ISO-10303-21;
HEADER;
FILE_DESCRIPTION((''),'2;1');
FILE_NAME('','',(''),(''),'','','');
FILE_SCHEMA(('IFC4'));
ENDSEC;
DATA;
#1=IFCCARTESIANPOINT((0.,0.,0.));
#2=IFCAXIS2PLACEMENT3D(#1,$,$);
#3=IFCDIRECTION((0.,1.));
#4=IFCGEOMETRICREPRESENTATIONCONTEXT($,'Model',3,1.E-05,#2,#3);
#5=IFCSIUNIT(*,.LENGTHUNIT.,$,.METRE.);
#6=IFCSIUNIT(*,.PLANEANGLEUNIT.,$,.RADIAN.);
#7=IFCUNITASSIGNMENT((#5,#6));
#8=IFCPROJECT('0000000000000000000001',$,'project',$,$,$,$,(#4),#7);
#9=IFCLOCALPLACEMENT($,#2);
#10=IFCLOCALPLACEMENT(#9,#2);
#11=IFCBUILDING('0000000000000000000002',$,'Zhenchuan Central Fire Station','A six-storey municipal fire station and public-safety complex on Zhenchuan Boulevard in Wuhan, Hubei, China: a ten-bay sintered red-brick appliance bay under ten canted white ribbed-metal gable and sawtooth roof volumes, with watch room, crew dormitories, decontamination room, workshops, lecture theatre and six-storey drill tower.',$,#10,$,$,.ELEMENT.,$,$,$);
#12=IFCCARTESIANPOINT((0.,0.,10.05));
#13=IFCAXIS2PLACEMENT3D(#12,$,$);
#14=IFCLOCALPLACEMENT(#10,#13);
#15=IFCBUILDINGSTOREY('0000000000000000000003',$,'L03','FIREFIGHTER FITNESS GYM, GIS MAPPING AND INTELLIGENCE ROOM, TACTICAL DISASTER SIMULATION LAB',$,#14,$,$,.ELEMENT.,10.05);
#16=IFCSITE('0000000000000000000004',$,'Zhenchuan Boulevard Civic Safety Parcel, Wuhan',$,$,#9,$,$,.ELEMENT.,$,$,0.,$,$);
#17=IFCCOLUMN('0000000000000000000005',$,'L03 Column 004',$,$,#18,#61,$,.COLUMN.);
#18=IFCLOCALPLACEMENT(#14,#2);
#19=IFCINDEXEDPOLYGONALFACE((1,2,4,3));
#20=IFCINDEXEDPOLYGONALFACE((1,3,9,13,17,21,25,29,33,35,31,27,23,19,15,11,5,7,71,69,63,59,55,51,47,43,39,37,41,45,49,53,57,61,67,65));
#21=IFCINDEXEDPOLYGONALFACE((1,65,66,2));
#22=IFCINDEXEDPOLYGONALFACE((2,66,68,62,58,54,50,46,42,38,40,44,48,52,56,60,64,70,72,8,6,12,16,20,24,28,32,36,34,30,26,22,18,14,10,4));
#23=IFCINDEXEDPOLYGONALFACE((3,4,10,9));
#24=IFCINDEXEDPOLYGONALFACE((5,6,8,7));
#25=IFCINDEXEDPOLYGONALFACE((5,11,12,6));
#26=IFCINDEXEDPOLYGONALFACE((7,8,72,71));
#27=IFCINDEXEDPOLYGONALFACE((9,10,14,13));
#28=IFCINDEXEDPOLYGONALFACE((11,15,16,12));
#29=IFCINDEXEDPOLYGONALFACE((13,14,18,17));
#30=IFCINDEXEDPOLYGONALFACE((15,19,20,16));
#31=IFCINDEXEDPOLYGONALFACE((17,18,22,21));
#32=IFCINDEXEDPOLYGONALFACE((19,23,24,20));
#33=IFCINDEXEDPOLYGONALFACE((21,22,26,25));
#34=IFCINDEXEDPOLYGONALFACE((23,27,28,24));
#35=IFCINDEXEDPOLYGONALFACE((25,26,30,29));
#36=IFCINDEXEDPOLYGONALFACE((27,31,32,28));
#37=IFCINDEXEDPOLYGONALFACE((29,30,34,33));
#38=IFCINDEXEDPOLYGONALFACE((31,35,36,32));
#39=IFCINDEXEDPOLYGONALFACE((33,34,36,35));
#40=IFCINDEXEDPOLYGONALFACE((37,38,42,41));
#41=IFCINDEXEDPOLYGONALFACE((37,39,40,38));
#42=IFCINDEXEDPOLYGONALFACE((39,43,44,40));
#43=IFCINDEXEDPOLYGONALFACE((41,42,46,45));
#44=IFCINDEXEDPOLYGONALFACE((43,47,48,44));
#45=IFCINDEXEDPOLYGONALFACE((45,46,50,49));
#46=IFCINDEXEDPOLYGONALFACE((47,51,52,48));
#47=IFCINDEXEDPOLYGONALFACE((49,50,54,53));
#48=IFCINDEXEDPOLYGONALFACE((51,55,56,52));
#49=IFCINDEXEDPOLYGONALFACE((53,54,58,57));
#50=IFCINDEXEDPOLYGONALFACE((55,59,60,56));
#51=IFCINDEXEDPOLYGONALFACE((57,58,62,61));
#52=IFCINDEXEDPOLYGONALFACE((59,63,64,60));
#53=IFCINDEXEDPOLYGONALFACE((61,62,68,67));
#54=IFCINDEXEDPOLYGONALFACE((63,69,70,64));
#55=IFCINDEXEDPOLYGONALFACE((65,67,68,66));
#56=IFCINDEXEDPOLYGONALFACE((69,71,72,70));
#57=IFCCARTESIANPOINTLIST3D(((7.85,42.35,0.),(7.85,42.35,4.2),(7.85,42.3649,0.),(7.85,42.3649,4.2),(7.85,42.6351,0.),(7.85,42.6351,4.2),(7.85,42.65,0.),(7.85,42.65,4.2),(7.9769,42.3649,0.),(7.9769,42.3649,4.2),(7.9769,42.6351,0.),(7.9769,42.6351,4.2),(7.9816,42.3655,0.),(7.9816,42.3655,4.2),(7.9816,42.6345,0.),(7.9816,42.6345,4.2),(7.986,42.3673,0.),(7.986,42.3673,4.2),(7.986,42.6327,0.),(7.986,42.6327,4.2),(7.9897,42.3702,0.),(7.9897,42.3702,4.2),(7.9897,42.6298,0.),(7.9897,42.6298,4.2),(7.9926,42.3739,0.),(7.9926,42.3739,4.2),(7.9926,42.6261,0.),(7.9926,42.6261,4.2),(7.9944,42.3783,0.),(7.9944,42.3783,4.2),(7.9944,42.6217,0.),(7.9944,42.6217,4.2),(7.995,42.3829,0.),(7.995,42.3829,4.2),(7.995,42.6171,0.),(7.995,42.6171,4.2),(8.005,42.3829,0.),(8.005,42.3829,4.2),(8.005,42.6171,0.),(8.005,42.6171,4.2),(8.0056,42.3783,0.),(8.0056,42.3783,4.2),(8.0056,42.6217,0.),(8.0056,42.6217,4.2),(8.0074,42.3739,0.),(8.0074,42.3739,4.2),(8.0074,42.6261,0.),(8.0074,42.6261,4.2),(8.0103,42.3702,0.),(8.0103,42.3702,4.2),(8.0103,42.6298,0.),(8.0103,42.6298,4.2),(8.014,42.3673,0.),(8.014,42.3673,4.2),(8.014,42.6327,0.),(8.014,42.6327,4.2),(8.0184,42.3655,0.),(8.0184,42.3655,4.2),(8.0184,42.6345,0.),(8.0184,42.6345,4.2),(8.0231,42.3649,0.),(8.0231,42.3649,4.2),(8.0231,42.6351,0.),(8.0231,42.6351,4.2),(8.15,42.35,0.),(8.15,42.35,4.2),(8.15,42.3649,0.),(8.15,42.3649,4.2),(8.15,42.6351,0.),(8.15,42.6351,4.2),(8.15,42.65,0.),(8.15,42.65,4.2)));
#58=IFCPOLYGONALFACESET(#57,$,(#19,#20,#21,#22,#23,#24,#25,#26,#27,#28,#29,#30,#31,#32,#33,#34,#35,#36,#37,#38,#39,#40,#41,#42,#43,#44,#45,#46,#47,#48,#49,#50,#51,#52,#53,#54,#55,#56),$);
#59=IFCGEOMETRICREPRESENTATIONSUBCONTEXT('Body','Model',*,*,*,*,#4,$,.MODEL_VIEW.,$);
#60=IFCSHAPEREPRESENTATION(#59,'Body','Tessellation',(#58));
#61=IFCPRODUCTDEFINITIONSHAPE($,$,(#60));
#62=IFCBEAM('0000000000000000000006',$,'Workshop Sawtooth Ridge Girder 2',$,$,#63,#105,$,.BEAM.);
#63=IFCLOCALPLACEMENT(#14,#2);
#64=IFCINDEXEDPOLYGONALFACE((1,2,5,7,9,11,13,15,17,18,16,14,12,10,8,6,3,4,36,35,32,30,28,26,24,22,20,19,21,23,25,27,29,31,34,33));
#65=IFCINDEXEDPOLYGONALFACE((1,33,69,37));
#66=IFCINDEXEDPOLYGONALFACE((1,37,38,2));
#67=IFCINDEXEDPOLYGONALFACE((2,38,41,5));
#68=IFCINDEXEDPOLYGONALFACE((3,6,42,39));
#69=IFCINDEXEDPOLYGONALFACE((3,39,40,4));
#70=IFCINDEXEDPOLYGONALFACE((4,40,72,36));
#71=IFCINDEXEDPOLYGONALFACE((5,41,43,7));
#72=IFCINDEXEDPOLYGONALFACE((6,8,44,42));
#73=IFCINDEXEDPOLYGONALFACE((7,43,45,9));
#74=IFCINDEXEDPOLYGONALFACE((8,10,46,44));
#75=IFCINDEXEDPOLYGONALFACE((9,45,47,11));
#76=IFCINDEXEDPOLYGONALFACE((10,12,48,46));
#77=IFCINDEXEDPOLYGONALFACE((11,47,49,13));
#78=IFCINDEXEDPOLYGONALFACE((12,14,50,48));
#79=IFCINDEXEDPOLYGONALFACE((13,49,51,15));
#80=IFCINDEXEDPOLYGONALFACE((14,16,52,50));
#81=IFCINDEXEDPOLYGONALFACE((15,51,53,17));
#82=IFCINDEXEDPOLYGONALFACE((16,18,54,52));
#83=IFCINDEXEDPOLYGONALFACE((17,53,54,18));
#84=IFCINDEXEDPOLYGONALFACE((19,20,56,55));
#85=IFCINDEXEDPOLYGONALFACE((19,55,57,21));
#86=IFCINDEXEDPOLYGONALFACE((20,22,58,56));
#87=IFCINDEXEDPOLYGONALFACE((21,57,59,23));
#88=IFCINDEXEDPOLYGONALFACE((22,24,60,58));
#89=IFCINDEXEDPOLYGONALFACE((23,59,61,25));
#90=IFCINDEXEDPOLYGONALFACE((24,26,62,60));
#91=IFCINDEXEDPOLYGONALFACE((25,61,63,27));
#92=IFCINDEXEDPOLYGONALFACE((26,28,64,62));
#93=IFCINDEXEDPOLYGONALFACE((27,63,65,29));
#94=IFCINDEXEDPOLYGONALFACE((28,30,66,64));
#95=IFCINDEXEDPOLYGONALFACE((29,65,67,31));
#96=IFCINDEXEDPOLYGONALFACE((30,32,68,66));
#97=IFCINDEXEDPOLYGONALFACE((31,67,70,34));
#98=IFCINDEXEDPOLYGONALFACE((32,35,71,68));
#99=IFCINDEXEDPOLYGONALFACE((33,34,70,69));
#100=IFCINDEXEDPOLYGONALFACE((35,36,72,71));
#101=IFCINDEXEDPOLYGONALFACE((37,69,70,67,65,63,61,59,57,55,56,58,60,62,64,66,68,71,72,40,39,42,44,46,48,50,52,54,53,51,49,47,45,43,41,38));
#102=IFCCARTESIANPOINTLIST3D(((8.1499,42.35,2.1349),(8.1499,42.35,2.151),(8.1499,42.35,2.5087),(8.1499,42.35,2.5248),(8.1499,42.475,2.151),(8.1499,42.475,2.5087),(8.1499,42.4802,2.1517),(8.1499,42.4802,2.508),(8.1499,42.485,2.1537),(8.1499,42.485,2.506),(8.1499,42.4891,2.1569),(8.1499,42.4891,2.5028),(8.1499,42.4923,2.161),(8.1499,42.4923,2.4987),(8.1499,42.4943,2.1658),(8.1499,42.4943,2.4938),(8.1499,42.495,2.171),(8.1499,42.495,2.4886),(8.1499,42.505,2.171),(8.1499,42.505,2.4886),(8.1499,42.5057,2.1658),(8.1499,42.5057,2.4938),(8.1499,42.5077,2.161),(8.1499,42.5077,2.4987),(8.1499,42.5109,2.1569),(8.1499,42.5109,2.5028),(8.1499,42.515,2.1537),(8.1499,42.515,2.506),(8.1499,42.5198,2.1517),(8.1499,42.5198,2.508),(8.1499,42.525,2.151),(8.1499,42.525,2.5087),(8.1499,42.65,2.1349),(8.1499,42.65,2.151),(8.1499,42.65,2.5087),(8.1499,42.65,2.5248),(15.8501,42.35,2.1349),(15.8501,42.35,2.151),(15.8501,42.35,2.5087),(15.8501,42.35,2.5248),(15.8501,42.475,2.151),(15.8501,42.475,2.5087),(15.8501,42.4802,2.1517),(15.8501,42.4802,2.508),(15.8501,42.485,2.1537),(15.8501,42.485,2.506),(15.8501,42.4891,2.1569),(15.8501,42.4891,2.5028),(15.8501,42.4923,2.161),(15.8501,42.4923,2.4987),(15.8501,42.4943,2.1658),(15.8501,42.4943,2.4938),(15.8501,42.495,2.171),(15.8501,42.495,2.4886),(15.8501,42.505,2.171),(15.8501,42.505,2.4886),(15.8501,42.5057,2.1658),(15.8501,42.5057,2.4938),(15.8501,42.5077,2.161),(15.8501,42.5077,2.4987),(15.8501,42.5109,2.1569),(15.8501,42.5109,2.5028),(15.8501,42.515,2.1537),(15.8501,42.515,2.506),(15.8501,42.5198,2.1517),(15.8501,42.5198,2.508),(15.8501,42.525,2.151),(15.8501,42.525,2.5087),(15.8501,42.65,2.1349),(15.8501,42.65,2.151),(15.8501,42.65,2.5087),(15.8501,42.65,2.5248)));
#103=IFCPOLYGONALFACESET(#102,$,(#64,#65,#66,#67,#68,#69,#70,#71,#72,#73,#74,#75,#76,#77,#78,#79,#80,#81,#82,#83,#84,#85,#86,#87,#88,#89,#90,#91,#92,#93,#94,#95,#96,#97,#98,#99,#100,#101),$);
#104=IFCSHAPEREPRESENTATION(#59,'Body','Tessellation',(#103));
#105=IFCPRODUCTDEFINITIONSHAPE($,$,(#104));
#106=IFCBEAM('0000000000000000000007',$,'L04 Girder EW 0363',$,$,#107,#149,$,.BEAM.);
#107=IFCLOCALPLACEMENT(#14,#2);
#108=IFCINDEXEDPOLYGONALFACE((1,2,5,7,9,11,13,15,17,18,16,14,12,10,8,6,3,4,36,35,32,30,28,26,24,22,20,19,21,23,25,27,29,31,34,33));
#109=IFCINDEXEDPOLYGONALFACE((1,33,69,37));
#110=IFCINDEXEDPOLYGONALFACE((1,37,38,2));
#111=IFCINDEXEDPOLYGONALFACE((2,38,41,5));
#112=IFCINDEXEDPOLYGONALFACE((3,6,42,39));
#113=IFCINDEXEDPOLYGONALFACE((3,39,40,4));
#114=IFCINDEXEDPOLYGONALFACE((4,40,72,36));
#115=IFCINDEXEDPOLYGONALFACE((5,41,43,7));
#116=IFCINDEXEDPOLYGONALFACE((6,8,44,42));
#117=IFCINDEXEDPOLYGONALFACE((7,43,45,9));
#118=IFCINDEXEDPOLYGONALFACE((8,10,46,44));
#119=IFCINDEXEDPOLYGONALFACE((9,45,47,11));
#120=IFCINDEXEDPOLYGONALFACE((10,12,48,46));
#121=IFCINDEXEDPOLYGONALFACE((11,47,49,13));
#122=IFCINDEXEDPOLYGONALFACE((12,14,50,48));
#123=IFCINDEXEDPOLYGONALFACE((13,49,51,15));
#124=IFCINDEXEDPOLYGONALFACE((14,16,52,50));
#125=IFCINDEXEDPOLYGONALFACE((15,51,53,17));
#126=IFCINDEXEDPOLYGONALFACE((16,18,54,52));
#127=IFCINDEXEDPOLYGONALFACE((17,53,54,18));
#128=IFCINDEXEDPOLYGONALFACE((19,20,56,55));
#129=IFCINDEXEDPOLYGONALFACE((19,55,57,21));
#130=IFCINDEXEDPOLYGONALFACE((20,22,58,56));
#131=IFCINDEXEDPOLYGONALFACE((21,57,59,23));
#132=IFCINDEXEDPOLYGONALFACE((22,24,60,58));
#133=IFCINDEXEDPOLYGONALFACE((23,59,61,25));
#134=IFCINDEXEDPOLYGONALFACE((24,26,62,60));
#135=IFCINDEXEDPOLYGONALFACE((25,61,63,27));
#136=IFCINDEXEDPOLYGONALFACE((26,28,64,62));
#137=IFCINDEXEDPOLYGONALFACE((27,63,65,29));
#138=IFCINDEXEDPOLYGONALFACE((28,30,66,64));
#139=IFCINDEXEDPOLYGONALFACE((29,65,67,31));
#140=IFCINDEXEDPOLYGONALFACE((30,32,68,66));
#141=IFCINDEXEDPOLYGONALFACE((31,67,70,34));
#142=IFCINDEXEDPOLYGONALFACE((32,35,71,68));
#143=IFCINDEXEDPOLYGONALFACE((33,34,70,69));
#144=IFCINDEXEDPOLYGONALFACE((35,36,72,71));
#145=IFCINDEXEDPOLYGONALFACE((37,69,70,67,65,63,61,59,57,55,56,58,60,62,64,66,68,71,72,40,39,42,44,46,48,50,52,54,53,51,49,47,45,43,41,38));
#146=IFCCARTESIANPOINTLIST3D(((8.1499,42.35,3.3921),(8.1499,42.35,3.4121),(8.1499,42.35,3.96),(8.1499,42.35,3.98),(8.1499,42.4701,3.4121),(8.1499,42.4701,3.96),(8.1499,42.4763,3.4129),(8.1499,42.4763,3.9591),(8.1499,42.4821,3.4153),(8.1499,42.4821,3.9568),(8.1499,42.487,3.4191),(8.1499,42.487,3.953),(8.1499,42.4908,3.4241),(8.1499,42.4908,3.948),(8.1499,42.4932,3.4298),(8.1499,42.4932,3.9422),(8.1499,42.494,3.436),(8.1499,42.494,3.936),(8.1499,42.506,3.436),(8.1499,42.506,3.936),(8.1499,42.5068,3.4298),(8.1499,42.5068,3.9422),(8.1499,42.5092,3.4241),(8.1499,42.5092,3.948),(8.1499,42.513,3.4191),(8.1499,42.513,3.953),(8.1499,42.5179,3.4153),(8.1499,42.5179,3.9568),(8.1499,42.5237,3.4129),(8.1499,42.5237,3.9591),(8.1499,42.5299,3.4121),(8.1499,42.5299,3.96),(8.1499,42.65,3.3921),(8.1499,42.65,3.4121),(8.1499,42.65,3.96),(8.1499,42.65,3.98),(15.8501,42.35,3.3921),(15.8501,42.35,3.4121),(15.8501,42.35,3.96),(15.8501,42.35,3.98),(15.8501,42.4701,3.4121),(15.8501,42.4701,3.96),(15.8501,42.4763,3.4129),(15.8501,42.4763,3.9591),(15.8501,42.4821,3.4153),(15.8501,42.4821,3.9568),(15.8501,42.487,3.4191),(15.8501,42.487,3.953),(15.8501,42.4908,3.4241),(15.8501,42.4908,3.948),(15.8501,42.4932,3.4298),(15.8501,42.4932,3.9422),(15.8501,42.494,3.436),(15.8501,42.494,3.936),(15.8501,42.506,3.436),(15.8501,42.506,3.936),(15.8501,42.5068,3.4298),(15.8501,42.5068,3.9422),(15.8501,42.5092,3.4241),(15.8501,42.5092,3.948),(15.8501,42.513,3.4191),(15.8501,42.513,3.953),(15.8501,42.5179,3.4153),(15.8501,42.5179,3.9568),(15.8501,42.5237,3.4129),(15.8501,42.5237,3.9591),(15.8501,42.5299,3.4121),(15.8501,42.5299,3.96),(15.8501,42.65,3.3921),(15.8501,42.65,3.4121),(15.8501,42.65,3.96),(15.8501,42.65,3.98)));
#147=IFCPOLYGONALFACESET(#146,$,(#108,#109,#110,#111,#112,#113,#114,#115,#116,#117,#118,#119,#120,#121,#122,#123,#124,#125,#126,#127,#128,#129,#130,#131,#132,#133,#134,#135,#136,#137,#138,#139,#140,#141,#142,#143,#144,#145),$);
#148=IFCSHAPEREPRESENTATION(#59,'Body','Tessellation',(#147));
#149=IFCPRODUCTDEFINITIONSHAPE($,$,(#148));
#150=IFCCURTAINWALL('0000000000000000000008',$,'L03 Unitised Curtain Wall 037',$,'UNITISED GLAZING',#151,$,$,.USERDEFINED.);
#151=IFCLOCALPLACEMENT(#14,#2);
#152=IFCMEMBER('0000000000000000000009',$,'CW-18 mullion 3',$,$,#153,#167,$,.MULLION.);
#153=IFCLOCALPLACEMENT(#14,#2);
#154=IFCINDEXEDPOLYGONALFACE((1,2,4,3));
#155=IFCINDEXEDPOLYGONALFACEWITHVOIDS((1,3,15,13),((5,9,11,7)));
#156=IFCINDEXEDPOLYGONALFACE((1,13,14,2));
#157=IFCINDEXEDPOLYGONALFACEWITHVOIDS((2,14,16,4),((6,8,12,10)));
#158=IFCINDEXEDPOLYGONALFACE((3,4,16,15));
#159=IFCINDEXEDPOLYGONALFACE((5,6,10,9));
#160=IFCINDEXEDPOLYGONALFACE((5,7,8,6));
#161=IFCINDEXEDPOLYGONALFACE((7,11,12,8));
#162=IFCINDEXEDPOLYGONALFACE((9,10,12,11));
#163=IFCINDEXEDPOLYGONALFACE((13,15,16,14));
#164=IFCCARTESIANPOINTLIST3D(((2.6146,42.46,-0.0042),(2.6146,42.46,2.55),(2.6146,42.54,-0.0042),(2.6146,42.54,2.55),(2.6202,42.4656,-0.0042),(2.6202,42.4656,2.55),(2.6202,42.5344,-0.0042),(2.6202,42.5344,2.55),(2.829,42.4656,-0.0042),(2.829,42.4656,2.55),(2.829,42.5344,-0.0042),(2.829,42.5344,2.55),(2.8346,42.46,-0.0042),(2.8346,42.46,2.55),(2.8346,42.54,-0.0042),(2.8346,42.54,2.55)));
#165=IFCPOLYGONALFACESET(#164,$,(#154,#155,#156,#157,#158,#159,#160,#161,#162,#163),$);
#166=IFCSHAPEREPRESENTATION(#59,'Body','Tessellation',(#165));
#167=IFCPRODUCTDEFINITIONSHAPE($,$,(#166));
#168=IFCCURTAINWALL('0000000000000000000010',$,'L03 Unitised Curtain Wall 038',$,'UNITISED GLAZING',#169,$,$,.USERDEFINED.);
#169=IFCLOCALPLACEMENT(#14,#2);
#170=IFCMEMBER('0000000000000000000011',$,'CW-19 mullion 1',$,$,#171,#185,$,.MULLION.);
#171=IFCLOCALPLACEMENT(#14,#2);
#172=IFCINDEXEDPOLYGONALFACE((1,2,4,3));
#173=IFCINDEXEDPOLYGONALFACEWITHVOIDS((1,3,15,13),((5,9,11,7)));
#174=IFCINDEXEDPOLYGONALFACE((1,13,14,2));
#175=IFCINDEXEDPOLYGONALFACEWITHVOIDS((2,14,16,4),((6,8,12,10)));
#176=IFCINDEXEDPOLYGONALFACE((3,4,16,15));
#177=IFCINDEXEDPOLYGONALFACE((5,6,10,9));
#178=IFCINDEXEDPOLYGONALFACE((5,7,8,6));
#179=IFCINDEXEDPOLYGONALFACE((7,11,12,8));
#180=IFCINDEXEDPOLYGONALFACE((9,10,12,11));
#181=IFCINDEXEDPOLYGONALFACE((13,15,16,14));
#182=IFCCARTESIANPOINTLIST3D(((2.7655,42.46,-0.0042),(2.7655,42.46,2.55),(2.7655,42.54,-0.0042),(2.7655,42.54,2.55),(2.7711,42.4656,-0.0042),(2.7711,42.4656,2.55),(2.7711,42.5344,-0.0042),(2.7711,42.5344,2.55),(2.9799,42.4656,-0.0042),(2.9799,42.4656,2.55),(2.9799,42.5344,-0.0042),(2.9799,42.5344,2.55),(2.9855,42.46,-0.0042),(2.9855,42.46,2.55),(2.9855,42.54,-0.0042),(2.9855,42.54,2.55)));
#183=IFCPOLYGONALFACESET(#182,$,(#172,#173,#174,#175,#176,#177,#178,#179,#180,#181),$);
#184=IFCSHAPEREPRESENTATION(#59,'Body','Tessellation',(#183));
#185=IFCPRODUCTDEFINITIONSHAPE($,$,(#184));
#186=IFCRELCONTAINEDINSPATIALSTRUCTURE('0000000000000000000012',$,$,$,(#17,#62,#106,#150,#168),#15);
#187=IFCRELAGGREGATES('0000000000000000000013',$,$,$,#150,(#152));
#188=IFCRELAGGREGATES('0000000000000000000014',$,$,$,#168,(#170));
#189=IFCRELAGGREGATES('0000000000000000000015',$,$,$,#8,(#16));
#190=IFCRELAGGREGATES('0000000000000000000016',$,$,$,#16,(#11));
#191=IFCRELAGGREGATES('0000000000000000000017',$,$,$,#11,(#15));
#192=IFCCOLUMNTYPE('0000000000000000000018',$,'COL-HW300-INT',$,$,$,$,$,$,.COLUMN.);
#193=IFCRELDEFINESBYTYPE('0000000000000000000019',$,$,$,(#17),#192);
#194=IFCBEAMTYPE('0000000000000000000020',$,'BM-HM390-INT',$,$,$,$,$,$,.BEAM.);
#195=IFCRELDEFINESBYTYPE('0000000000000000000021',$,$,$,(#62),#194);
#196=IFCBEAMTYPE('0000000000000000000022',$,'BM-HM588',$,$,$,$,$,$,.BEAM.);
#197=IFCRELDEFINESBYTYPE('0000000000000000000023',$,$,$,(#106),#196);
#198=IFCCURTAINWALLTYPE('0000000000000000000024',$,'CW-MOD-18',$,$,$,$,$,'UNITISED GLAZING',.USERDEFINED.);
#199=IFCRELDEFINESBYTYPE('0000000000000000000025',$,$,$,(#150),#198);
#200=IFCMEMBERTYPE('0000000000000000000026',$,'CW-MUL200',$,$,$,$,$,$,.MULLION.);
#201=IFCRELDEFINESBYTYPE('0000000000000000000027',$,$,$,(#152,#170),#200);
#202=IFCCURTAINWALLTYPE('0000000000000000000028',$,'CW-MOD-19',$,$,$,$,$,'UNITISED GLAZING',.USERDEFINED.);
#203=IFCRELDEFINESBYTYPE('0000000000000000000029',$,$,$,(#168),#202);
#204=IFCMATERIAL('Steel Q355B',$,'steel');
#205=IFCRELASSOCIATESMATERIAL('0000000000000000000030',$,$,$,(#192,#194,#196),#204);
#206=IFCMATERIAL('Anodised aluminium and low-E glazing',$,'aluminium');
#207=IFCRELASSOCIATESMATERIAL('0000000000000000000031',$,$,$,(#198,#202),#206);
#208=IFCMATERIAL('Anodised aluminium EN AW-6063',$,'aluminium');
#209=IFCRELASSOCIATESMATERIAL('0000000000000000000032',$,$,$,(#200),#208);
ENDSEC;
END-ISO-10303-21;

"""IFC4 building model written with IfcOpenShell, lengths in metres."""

from ifc_helpers import new_model, si_unit, direction, frame, origin, origin_2d, place, context, subcontext, project, spatial, hollow_rectangle, i_section, extrude, material, material_profile, profile_set, type_object, element, aggregate, save


model = new_model("IFC4")

# Units and contexts
model_context = context("Model", 3, precision=1e-05, world=origin(), true_north=direction((0.0, 1.0)))
body_context = subcontext(model_context, "Body", "Model", "MODEL_VIEW")
ifc_project = project(units=[si_unit("LENGTHUNIT", "METRE"), si_unit("PLANEANGLEUNIT", "RADIAN")], contexts=[model_context])

# Site, building, storey
site_placement = place(None, origin())
site = spatial("IfcSite", under=ifc_project, at=site_placement, Name="Zhenchuan Boulevard Civic Safety Parcel, Wuhan", CompositionType="ELEMENT", RefElevation=0.0)
building_placement = place(site_placement, origin())
building = spatial("IfcBuilding", under=site, at=building_placement, Name="Zhenchuan Central Fire Station", Description="A six-storey municipal fire station and public-safety complex on Zhenchuan Boulevard in Wuhan, Hubei, China: a ten-bay sintered red-brick appliance bay under ten canted white ribbed-metal gable and sawtooth roof volumes, with watch room, crew dormitories, decontamination room, workshops, lecture theatre and six-storey drill tower.", CompositionType="ELEMENT")
storey_placement = place(building_placement, frame((0.0, 0.0, 10.05)))
storey = spatial("IfcBuildingStorey", under=building, at=storey_placement, Name="L03", Description="FIREFIGHTER FITNESS GYM, GIS MAPPING AND INTELLIGENCE ROOM, TACTICAL DISASTER SIMULATION LAB", CompositionType="ELEMENT", Elevation=10.05)

# Column
ifc_material_1 = material(Name="Steel Q355B", Category="steel")
ifc_material_profile_1 = material_profile(ifc_material_1, i_section(OverallWidth=0.3, OverallDepth=0.3, WebThickness=0.01, FlangeThickness=0.0149, FilletRadius=0.0181, at=origin_2d()), Name="HW 300x300")
ifc_profile_set_1 = profile_set([ifc_material_profile_1], Name="Steel Q355B")
column_type = type_object("IfcColumnType", Name="COL-HW300-INT", PredefinedType="COLUMN", material=ifc_profile_set_1)
column_placement = place(storey_placement, frame((8.0, 42.5, 0.0), z_axis=(0.0, 0.0, 1.0), x_axis=(1.0, 0.0, 0.0)))
element("IfcColumn", 1, at=column_placement, inside=storey, type_object=column_type, Name="L03 Column 004", PredefinedType="COLUMN", context=body_context, shape_type="SweptSolid", body=[
    extrude(i_section(OverallWidth=0.3, OverallDepth=0.3, WebThickness=0.01, FlangeThickness=0.0149, FilletRadius=0.0181, at=origin_2d()), origin(), (0.0, 0.0, 1.0), 4.2),
])

# Beams
ifc_material_profile_2 = material_profile(ifc_material_1, i_section(OverallWidth=0.3, OverallDepth=0.3899, WebThickness=0.01, FlangeThickness=0.0161, FilletRadius=0.02, at=origin_2d()), Name="HM 390x300")
ifc_profile_set_2 = profile_set([ifc_material_profile_2], Name="Steel Q355B")
beam_type_1 = type_object("IfcBeamType", Name="BM-HM390-INT", PredefinedType="BEAM", material=ifc_profile_set_2)
beam_1_placement = place(storey_placement, frame((8.1499, 42.5, 2.3298), z_axis=(1.0, 0.0, 0.0), x_axis=(0.0, 1.0, 0.0)))
element("IfcBeam", 2, at=beam_1_placement, inside=storey, type_object=beam_type_1, Name="Workshop Sawtooth Ridge Girder 2", PredefinedType="BEAM", context=body_context, shape_type="SweptSolid", body=[
    extrude(i_section(OverallWidth=0.3, OverallDepth=0.3899, WebThickness=0.01, FlangeThickness=0.0161, FilletRadius=0.02, at=origin_2d()), origin(), (0.0, 0.0, 1.0), 7.7002),
])
ifc_material_profile_3 = material_profile(ifc_material_1, i_section(OverallWidth=0.3, OverallDepth=0.5879, WebThickness=0.012, FlangeThickness=0.02, FilletRadius=0.0239, at=origin_2d()), Name="HM 588x300")
ifc_profile_set_3 = profile_set([ifc_material_profile_3], Name="Steel Q355B")
beam_type_2 = type_object("IfcBeamType", Name="BM-HM588", PredefinedType="BEAM", material=ifc_profile_set_3)
beam_2_placement = place(storey_placement, frame((8.1499, 42.5, 3.686), z_axis=(1.0, 0.0, 0.0), x_axis=(0.0, 1.0, 0.0)))
element("IfcBeam", 3, at=beam_2_placement, inside=storey, type_object=beam_type_2, Name="L04 Girder EW 0363", PredefinedType="BEAM", context=body_context, shape_type="SweptSolid", body=[
    extrude(i_section(OverallWidth=0.3, OverallDepth=0.5879, WebThickness=0.012, FlangeThickness=0.02, FilletRadius=0.0239, at=origin_2d()), origin(), (0.0, 0.0, 1.0), 7.7002),
])

# Curtain wall, member
ifc_material_2 = material(Name="Anodised aluminium and low-E glazing", Category="aluminium")
curtain_wall_type_1 = type_object("IfcCurtainWallType", Name="CW-MOD-18", ElementType="UNITISED GLAZING", PredefinedType="USERDEFINED", material=ifc_material_2)
curtain_wall_1_placement = place(storey_placement, origin())
curtain_wall_1 = element("IfcCurtainWall", 4, at=curtain_wall_1_placement, inside=storey, type_object=curtain_wall_type_1, Name="L03 Unitised Curtain Wall 037", ObjectType="UNITISED GLAZING", PredefinedType="USERDEFINED")
ifc_material_3 = material(Name="Anodised aluminium EN AW-6063", Category="aluminium")
ifc_material_profile_4 = material_profile(ifc_material_3, hollow_rectangle(XDim=0.0801, YDim=0.22, WallThickness=0.0056, at=origin_2d()), Name="ALU-M 220x80")
ifc_profile_set_4 = profile_set([ifc_material_profile_4], Name="Anodised aluminium EN AW-6063")
member_type_1 = type_object("IfcMemberType", Name="CW-MUL200", PredefinedType="MULLION", material=ifc_profile_set_4)
member_1_placement = place(storey_placement, frame((2.7246, 42.5, -0.0042), z_axis=(0.0, 0.0, 1.0), x_axis=(0.0, 1.0, 0.0)))
member_1 = element("IfcMember", 5, at=member_1_placement, type_object=member_type_1, Name="CW-18 mullion 3", PredefinedType="MULLION", context=body_context, shape_type="SweptSolid", body=[
    extrude(hollow_rectangle(XDim=0.0801, YDim=0.22, WallThickness=0.0056, at=origin_2d()), origin(), (0.0, 0.0, 1.0), 2.5542),
])

# Curtain wall, member
curtain_wall_type_2 = type_object("IfcCurtainWallType", Name="CW-MOD-19", ElementType="UNITISED GLAZING", PredefinedType="USERDEFINED", material=ifc_material_2)
curtain_wall_2_placement = place(storey_placement, origin())
curtain_wall_2 = element("IfcCurtainWall", 6, at=curtain_wall_2_placement, inside=storey, type_object=curtain_wall_type_2, Name="L03 Unitised Curtain Wall 038", ObjectType="UNITISED GLAZING", PredefinedType="USERDEFINED")
member_2_placement = place(storey_placement, frame((2.8755, 42.5, -0.0042), z_axis=(0.0, 0.0, 1.0), x_axis=(0.0, 1.0, 0.0)))
member_2 = element("IfcMember", 7, at=member_2_placement, type_object=member_type_1, Name="CW-19 mullion 1", PredefinedType="MULLION", context=body_context, shape_type="SweptSolid", body=[
    extrude(hollow_rectangle(XDim=0.0801, YDim=0.22, WallThickness=0.0056, at=origin_2d()), origin(), (0.0, 0.0, 1.0), 2.5542),
])

aggregate(curtain_wall_1, [member_1])
aggregate(curtain_wall_2, [member_2])

save(model, "model.ifc")
